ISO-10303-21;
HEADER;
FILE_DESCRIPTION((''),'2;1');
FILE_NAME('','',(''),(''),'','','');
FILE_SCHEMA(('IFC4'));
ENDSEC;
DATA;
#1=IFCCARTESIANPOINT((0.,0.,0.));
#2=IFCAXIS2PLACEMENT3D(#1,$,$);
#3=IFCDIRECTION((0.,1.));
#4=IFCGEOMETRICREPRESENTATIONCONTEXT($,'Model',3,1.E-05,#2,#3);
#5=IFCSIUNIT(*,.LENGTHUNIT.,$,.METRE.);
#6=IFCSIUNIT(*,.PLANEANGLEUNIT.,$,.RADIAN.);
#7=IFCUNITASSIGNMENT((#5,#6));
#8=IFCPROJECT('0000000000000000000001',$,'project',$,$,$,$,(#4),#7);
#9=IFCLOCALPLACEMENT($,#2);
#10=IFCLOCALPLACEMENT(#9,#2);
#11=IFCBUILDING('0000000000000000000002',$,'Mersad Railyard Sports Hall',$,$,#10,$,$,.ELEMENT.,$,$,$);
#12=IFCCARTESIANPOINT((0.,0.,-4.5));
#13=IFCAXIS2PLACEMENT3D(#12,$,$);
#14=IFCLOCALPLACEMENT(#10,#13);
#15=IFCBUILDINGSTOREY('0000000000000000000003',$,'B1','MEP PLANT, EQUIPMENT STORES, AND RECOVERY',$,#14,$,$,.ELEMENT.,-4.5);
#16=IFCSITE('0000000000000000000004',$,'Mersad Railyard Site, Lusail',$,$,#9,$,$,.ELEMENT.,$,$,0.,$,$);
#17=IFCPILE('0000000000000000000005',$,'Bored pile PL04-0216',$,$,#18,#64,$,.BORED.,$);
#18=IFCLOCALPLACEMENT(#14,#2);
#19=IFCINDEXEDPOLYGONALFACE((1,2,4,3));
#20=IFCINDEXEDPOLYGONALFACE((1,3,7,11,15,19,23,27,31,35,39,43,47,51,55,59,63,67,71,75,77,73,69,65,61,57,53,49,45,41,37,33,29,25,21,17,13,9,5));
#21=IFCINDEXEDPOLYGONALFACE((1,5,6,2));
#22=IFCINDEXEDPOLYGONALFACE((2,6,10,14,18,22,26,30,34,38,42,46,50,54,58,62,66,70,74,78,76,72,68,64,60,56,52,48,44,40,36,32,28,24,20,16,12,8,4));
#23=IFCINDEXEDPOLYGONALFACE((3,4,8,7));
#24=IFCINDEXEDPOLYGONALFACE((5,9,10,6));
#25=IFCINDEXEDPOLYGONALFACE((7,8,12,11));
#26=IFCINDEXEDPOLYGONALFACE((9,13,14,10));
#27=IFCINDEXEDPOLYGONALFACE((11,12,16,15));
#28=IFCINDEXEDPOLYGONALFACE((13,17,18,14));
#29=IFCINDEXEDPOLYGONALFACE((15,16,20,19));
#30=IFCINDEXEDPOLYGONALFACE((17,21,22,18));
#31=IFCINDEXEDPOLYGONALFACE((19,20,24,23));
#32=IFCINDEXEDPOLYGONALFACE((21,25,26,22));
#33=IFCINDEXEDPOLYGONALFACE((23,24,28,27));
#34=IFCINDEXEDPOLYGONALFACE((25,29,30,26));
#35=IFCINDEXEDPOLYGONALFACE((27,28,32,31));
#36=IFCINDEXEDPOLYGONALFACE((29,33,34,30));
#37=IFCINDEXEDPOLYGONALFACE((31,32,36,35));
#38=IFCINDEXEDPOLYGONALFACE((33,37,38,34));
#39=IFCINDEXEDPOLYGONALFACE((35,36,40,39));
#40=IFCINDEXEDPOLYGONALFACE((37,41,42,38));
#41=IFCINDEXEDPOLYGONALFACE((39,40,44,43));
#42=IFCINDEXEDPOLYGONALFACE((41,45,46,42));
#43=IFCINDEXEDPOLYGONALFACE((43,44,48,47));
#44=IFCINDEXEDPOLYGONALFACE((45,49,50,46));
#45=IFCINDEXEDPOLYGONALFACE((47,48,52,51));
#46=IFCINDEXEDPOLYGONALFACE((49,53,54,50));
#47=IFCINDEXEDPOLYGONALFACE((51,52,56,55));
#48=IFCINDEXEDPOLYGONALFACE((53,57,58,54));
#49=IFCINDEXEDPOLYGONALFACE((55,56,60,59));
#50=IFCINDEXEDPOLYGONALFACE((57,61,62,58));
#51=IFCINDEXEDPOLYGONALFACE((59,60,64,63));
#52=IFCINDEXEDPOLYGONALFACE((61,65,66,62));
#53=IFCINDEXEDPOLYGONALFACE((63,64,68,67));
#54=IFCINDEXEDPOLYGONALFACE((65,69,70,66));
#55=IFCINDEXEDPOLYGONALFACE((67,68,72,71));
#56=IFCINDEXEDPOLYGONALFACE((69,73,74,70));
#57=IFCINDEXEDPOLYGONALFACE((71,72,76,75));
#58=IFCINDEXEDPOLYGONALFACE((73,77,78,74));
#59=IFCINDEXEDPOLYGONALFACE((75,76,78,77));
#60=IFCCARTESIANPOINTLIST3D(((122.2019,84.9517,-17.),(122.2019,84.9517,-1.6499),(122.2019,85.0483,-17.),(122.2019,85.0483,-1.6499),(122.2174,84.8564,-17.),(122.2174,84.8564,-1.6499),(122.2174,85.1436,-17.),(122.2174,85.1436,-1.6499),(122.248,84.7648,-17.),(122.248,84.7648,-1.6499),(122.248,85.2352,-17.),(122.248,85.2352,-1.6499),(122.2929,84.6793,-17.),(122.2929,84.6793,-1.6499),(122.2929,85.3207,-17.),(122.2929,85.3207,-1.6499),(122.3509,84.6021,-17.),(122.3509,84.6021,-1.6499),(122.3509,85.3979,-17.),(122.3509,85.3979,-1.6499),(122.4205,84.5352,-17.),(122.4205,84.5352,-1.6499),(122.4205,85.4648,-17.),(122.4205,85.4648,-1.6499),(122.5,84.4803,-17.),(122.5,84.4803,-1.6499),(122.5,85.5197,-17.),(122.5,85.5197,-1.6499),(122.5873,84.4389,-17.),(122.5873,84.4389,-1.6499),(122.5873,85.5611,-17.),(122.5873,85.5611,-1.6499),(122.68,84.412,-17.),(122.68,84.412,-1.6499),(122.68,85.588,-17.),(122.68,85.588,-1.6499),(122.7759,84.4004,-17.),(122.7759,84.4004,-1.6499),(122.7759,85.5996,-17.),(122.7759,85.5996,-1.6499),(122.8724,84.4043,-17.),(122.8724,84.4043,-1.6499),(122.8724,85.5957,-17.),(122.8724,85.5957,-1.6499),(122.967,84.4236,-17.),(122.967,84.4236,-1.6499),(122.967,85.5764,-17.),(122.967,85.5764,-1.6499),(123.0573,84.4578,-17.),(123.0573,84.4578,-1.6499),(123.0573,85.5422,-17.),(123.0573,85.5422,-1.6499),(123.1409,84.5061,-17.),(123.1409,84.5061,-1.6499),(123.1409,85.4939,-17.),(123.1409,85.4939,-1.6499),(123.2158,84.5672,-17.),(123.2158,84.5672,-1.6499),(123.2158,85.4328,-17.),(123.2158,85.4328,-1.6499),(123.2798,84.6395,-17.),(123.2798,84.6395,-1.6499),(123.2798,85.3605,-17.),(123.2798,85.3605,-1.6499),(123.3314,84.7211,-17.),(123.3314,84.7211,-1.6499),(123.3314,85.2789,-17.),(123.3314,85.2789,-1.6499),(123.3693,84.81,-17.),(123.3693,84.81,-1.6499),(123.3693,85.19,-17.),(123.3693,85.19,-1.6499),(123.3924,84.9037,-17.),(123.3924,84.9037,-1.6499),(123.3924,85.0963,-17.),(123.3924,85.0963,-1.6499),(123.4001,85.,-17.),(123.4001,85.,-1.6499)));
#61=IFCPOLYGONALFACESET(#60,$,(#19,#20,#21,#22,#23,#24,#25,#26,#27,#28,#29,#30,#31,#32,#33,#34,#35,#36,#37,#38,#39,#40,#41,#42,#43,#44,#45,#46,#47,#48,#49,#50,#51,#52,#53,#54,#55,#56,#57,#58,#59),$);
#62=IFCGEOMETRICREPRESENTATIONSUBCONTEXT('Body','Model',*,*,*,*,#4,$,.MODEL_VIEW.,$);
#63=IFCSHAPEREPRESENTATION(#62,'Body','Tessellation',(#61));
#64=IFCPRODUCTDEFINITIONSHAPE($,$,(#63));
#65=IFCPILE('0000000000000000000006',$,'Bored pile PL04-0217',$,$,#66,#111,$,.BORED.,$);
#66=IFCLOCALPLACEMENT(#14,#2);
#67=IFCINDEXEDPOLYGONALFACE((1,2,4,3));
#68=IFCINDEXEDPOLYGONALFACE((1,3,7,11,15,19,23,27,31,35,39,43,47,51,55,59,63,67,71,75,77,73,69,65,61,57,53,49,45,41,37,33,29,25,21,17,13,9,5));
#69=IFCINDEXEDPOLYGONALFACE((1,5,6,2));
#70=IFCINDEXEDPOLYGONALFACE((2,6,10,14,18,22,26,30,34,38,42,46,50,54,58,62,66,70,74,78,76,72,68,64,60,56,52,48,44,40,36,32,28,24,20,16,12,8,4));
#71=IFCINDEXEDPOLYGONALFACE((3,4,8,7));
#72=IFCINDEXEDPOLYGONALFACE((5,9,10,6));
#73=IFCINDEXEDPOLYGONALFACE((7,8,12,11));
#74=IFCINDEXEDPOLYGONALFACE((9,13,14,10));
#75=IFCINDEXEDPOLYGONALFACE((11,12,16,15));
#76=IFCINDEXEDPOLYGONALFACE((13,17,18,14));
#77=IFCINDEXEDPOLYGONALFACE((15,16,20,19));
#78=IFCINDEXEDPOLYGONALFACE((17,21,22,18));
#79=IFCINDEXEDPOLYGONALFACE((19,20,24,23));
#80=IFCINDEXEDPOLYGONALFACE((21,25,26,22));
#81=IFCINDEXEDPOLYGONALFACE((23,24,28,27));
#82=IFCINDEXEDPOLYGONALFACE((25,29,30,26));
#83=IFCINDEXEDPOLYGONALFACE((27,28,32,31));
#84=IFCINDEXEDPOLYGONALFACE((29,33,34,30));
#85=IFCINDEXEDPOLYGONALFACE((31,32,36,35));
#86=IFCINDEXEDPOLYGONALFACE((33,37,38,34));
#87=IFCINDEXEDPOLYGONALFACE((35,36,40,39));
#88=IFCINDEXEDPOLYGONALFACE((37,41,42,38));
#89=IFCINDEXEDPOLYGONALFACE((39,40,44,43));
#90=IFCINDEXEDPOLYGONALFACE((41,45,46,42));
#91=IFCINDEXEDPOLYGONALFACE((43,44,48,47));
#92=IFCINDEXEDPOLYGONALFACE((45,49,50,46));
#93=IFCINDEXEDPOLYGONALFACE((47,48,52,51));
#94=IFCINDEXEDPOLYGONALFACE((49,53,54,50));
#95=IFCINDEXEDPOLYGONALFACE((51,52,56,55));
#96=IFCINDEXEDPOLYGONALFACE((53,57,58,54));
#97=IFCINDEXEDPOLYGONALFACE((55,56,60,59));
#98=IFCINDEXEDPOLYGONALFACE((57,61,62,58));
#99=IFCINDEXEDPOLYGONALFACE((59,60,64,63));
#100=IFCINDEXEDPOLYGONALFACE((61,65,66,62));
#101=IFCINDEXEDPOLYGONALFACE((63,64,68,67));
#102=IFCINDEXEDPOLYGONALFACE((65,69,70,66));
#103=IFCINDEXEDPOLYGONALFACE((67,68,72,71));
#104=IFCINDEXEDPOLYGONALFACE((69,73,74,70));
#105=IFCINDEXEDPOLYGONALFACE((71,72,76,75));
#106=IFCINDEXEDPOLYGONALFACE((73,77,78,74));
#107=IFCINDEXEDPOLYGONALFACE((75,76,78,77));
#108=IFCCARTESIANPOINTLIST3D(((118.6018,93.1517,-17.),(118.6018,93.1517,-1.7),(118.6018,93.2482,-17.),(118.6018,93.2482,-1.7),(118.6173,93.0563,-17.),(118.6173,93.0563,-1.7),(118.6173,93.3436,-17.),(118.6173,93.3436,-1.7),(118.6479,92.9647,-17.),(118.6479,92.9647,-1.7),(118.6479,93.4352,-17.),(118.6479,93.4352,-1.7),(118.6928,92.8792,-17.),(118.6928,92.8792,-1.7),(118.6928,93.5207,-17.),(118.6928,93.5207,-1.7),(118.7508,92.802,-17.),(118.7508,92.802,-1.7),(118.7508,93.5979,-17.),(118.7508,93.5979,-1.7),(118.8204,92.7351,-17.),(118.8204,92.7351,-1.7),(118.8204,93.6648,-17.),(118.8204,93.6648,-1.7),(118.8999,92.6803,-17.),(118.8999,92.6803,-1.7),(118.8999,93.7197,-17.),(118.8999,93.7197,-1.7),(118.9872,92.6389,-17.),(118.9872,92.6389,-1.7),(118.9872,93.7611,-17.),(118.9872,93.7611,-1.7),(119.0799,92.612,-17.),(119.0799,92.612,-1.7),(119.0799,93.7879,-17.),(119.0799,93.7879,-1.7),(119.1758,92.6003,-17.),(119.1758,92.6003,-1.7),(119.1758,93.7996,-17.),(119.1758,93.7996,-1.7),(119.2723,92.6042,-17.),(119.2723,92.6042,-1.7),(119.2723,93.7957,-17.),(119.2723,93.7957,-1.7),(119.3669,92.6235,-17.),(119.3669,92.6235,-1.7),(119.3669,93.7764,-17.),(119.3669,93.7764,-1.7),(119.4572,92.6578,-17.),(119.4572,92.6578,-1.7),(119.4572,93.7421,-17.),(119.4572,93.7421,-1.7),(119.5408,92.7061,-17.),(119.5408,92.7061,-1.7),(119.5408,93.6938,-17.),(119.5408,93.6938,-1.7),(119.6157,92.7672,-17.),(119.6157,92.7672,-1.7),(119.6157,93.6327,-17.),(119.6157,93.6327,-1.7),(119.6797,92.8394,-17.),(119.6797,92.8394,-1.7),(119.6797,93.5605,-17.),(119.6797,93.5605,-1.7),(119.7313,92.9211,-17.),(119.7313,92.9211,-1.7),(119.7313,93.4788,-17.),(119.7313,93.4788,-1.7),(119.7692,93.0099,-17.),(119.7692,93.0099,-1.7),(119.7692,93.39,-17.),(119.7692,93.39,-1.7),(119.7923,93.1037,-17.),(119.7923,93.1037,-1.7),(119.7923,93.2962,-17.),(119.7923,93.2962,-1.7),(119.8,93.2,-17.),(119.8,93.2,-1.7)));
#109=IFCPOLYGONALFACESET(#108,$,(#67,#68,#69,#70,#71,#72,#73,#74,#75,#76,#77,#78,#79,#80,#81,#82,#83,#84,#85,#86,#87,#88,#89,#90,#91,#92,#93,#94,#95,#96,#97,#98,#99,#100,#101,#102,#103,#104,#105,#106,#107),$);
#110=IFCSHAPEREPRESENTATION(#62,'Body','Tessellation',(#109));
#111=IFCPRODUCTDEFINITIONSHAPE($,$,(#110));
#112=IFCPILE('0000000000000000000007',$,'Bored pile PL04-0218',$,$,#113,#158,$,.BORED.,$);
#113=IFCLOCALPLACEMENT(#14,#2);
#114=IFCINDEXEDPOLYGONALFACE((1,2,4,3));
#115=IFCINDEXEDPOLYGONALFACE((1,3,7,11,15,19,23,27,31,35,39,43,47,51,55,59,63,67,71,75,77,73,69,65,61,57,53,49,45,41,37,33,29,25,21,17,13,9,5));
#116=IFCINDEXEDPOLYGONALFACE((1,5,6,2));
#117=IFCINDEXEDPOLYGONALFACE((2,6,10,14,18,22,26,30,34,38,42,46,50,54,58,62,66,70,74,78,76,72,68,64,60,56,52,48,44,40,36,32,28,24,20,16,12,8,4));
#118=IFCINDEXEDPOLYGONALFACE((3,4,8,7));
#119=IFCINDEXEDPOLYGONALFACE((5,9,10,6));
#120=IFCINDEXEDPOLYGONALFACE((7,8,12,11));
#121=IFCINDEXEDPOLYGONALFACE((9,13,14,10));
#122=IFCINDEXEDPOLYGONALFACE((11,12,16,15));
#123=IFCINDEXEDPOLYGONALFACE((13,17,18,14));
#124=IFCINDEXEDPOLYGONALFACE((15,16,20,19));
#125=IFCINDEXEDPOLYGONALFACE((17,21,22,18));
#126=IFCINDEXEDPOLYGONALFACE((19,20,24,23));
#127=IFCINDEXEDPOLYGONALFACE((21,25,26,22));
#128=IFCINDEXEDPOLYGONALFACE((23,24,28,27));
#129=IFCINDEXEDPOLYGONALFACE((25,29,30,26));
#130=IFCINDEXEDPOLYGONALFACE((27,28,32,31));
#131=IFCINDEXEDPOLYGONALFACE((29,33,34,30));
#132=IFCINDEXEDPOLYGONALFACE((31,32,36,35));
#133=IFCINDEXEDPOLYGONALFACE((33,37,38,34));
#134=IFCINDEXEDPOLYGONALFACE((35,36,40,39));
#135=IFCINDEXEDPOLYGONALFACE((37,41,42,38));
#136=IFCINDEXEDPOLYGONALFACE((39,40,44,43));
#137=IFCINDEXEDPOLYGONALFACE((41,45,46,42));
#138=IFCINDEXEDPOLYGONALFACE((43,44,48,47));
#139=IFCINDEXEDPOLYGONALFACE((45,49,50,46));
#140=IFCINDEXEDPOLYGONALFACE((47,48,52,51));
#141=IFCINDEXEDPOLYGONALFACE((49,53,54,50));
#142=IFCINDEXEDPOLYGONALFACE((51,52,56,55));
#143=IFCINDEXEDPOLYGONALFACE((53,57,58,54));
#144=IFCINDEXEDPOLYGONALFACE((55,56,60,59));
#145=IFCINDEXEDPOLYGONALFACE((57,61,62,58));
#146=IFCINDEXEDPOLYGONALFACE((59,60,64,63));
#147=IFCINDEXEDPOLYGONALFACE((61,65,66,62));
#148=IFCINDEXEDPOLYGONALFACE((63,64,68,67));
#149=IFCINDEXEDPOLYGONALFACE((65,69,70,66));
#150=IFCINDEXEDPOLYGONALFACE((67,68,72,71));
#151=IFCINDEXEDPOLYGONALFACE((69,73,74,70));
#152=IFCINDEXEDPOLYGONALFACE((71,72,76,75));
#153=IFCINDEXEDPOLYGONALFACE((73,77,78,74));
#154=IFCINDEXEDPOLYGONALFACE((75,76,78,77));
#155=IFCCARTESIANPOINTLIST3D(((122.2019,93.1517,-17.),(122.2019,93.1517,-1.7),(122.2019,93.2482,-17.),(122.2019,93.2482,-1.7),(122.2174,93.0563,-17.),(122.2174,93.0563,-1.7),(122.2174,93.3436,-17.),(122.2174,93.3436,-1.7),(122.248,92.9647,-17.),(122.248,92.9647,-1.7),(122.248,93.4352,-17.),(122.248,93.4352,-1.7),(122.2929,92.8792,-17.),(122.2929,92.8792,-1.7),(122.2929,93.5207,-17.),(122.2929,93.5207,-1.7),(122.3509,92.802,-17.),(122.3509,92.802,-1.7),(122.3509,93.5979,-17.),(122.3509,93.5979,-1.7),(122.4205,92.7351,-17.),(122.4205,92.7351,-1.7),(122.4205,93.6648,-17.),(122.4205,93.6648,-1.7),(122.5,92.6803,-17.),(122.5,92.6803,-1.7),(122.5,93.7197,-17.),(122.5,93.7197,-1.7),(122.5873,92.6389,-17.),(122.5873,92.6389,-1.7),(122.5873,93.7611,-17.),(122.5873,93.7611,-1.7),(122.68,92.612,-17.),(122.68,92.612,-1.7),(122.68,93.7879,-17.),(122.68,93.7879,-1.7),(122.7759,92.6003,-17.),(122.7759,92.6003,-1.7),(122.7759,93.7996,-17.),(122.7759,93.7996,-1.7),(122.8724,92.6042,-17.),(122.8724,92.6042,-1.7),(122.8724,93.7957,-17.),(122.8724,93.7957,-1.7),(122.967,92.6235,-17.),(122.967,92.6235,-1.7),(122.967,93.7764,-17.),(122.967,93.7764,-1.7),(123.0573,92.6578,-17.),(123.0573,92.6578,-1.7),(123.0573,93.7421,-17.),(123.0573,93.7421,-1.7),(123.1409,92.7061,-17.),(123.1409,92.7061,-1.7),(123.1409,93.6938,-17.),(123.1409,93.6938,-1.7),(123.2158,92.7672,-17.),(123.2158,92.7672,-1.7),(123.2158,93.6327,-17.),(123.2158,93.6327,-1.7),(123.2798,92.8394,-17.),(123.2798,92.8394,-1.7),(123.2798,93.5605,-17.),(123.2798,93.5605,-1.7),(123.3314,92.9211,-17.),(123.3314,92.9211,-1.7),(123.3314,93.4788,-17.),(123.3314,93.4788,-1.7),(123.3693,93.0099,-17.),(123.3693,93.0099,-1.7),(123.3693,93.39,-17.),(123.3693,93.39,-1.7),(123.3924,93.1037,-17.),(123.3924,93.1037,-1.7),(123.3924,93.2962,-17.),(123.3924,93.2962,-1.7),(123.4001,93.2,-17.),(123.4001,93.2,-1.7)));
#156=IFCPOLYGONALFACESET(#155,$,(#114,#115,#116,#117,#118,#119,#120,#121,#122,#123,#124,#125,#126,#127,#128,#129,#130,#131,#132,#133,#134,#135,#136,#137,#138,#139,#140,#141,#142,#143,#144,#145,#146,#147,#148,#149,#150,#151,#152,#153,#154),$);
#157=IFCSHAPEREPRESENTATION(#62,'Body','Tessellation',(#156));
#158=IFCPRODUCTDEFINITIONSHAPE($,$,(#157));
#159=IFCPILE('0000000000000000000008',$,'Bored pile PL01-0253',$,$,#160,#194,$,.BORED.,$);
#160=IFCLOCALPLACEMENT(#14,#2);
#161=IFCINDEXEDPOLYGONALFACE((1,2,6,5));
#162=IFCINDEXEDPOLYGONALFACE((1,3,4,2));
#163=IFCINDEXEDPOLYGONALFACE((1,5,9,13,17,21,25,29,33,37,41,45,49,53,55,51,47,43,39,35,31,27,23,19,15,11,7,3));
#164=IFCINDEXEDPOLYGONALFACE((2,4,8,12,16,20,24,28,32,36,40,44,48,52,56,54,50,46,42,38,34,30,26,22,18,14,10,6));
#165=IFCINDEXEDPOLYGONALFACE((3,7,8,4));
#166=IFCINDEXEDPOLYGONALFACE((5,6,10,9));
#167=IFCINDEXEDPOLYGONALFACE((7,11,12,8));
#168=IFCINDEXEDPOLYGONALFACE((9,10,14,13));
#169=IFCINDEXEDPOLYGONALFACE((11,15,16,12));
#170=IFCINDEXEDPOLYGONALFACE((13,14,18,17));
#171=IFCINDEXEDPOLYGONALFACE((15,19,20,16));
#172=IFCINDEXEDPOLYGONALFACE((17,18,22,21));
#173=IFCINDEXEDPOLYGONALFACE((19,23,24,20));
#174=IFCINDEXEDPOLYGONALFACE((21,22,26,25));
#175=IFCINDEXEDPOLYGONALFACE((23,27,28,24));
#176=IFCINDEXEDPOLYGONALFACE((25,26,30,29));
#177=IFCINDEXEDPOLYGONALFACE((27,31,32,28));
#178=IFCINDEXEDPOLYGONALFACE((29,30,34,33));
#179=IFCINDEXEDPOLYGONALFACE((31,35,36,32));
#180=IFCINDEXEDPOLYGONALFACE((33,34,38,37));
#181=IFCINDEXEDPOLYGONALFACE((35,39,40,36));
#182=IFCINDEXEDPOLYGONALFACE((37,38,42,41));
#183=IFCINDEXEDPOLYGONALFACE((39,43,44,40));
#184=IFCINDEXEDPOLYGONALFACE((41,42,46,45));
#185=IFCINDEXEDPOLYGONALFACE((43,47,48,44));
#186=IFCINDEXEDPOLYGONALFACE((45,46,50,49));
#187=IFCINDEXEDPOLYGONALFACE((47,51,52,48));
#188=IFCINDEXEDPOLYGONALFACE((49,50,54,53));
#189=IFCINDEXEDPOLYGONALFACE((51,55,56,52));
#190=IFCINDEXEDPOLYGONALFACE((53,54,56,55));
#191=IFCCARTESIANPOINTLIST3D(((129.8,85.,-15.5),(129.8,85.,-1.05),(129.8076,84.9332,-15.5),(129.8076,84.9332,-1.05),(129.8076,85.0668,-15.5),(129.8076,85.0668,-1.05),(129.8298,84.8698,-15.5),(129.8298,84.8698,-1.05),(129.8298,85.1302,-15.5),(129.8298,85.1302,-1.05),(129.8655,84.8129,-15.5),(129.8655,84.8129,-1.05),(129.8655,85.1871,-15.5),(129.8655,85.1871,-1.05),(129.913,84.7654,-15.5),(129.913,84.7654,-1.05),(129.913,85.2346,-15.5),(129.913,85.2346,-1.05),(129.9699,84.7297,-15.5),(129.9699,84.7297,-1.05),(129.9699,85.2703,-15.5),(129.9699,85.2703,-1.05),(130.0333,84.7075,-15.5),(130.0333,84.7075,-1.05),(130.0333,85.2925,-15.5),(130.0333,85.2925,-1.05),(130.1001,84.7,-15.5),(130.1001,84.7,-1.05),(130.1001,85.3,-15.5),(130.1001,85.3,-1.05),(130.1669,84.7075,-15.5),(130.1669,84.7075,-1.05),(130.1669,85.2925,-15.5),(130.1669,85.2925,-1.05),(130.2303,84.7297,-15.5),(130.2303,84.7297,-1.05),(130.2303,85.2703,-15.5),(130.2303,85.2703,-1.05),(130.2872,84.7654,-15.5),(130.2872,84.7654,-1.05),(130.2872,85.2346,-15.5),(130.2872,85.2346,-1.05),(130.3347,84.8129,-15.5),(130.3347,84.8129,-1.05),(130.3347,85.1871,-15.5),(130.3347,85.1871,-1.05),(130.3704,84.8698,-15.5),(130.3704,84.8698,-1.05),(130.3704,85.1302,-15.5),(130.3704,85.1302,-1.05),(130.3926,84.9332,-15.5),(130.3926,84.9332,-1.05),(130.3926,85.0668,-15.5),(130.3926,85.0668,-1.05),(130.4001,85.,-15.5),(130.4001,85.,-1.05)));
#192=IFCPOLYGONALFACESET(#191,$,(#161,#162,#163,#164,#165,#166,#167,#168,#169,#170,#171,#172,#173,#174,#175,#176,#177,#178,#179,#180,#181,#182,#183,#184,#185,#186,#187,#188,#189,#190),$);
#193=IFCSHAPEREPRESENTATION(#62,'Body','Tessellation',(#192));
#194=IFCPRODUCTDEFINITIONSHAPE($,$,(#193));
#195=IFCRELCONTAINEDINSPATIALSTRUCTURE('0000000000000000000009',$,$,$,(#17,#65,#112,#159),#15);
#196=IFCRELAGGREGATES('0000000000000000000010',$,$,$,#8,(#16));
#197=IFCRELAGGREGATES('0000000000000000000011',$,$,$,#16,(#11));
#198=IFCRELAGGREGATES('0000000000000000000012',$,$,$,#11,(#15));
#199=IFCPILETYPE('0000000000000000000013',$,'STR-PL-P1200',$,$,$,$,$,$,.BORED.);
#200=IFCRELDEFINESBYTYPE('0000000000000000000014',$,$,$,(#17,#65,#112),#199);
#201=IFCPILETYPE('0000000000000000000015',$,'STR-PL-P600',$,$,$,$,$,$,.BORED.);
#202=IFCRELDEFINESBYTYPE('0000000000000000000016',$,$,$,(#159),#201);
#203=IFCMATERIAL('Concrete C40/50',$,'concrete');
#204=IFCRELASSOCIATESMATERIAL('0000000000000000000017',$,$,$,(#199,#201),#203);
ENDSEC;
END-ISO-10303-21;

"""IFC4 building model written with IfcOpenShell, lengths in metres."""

from ifc_helpers import new_model, si_unit, direction, frame, origin, origin_2d, place, context, subcontext, project, spatial, circle, extrude, material, material_profile, profile_set, type_object, element, save


model = new_model("IFC4")

# Units and contexts
model_context = context("Model", 3, precision=1e-05, world=origin(), true_north=direction((0.0, 1.0)))
body_context = subcontext(model_context, "Body", "Model", "MODEL_VIEW")
ifc_project = project(units=[si_unit("LENGTHUNIT", "METRE"), si_unit("PLANEANGLEUNIT", "RADIAN")], contexts=[model_context])

# Site, building, storey
site_placement = place(None, origin())
site = spatial("IfcSite", under=ifc_project, at=site_placement, Name="Mersad Railyard Site, Lusail", CompositionType="ELEMENT", RefElevation=0.0)
building_placement = place(site_placement, origin())
building = spatial("IfcBuilding", under=site, at=building_placement, Name="Mersad Railyard Sports Hall", CompositionType="ELEMENT")
storey_placement = place(building_placement, frame((0.0, 0.0, -4.5)))
storey = spatial("IfcBuildingStorey", under=building, at=storey_placement, Name="B1", Description="MEP PLANT, EQUIPMENT STORES, AND RECOVERY", CompositionType="ELEMENT", Elevation=-4.5)

# Shared definitions
ifc_material_1 = material(Name="Concrete C40/50", Category="concrete")

# Piles
ifc_material_profile_1 = material_profile(ifc_material_1, circle(Radius=0.6001, at=origin_2d()), Name="BORED PILE D1200")
ifc_profile_set_1 = profile_set([ifc_material_profile_1], Name="Concrete C40/50")
pile_type_1 = type_object("IfcPileType", Name="STR-PL-P1200", PredefinedType="BORED", material=ifc_profile_set_1)
for number, where, z_axis, x_axis, name in (
    (1, (122.8, 85.0, -1.6499), (0.0, 0.0, -1.0), (1.0, 0.0, 0.0), "Bored pile PL04-0216"),
):
    element("IfcPile", number, at=place(storey_placement, frame(where, z_axis=z_axis, x_axis=x_axis)), inside=storey, type_object=pile_type_1, Name=name, PredefinedType="BORED", context=body_context, shape_type="SweptSolid", body=[
        extrude(circle(Radius=0.6001, at=origin_2d()), origin(), (0.0, 0.0, 1.0), 15.3501),
    ])
for number, where, z_axis, x_axis, name in (
    (2, (119.2, 93.2, -1.7), (0.0, 0.0, -1.0), (1.0, 0.0, 0.0), "Bored pile PL04-0217"),
    (3, (122.8, 93.2, -1.7), (0.0, 0.0, -1.0), (1.0, 0.0, 0.0), "Bored pile PL04-0218"),
):
    element("IfcPile", number, at=place(storey_placement, frame(where, z_axis=z_axis, x_axis=x_axis)), inside=storey, type_object=pile_type_1, Name=name, PredefinedType="BORED", context=body_context, shape_type="SweptSolid", body=[
        extrude(circle(Radius=0.6001, at=origin_2d()), origin(), (0.0, 0.0, 1.0), 15.3),
    ])
ifc_material_profile_2 = material_profile(ifc_material_1, circle(Radius=0.3, at=origin_2d()), Name="BORED PILE D600")
ifc_profile_set_2 = profile_set([ifc_material_profile_2], Name="Concrete C40/50")
pile_type_2 = type_object("IfcPileType", Name="STR-PL-P600", PredefinedType="BORED", material=ifc_profile_set_2)
pile_1_placement = place(storey_placement, frame((130.1001, 85.0, -1.05), z_axis=(0.0, 0.0, -1.0), x_axis=(1.0, 0.0, 0.0)))
element("IfcPile", 4, at=pile_1_placement, inside=storey, type_object=pile_type_2, Name="Bored pile PL01-0253", PredefinedType="BORED", context=body_context, shape_type="SweptSolid", body=[
    extrude(circle(Radius=0.3, at=origin_2d()), origin(), (0.0, 0.0, 1.0), 14.45),
])

save(model, "model.ifc")
